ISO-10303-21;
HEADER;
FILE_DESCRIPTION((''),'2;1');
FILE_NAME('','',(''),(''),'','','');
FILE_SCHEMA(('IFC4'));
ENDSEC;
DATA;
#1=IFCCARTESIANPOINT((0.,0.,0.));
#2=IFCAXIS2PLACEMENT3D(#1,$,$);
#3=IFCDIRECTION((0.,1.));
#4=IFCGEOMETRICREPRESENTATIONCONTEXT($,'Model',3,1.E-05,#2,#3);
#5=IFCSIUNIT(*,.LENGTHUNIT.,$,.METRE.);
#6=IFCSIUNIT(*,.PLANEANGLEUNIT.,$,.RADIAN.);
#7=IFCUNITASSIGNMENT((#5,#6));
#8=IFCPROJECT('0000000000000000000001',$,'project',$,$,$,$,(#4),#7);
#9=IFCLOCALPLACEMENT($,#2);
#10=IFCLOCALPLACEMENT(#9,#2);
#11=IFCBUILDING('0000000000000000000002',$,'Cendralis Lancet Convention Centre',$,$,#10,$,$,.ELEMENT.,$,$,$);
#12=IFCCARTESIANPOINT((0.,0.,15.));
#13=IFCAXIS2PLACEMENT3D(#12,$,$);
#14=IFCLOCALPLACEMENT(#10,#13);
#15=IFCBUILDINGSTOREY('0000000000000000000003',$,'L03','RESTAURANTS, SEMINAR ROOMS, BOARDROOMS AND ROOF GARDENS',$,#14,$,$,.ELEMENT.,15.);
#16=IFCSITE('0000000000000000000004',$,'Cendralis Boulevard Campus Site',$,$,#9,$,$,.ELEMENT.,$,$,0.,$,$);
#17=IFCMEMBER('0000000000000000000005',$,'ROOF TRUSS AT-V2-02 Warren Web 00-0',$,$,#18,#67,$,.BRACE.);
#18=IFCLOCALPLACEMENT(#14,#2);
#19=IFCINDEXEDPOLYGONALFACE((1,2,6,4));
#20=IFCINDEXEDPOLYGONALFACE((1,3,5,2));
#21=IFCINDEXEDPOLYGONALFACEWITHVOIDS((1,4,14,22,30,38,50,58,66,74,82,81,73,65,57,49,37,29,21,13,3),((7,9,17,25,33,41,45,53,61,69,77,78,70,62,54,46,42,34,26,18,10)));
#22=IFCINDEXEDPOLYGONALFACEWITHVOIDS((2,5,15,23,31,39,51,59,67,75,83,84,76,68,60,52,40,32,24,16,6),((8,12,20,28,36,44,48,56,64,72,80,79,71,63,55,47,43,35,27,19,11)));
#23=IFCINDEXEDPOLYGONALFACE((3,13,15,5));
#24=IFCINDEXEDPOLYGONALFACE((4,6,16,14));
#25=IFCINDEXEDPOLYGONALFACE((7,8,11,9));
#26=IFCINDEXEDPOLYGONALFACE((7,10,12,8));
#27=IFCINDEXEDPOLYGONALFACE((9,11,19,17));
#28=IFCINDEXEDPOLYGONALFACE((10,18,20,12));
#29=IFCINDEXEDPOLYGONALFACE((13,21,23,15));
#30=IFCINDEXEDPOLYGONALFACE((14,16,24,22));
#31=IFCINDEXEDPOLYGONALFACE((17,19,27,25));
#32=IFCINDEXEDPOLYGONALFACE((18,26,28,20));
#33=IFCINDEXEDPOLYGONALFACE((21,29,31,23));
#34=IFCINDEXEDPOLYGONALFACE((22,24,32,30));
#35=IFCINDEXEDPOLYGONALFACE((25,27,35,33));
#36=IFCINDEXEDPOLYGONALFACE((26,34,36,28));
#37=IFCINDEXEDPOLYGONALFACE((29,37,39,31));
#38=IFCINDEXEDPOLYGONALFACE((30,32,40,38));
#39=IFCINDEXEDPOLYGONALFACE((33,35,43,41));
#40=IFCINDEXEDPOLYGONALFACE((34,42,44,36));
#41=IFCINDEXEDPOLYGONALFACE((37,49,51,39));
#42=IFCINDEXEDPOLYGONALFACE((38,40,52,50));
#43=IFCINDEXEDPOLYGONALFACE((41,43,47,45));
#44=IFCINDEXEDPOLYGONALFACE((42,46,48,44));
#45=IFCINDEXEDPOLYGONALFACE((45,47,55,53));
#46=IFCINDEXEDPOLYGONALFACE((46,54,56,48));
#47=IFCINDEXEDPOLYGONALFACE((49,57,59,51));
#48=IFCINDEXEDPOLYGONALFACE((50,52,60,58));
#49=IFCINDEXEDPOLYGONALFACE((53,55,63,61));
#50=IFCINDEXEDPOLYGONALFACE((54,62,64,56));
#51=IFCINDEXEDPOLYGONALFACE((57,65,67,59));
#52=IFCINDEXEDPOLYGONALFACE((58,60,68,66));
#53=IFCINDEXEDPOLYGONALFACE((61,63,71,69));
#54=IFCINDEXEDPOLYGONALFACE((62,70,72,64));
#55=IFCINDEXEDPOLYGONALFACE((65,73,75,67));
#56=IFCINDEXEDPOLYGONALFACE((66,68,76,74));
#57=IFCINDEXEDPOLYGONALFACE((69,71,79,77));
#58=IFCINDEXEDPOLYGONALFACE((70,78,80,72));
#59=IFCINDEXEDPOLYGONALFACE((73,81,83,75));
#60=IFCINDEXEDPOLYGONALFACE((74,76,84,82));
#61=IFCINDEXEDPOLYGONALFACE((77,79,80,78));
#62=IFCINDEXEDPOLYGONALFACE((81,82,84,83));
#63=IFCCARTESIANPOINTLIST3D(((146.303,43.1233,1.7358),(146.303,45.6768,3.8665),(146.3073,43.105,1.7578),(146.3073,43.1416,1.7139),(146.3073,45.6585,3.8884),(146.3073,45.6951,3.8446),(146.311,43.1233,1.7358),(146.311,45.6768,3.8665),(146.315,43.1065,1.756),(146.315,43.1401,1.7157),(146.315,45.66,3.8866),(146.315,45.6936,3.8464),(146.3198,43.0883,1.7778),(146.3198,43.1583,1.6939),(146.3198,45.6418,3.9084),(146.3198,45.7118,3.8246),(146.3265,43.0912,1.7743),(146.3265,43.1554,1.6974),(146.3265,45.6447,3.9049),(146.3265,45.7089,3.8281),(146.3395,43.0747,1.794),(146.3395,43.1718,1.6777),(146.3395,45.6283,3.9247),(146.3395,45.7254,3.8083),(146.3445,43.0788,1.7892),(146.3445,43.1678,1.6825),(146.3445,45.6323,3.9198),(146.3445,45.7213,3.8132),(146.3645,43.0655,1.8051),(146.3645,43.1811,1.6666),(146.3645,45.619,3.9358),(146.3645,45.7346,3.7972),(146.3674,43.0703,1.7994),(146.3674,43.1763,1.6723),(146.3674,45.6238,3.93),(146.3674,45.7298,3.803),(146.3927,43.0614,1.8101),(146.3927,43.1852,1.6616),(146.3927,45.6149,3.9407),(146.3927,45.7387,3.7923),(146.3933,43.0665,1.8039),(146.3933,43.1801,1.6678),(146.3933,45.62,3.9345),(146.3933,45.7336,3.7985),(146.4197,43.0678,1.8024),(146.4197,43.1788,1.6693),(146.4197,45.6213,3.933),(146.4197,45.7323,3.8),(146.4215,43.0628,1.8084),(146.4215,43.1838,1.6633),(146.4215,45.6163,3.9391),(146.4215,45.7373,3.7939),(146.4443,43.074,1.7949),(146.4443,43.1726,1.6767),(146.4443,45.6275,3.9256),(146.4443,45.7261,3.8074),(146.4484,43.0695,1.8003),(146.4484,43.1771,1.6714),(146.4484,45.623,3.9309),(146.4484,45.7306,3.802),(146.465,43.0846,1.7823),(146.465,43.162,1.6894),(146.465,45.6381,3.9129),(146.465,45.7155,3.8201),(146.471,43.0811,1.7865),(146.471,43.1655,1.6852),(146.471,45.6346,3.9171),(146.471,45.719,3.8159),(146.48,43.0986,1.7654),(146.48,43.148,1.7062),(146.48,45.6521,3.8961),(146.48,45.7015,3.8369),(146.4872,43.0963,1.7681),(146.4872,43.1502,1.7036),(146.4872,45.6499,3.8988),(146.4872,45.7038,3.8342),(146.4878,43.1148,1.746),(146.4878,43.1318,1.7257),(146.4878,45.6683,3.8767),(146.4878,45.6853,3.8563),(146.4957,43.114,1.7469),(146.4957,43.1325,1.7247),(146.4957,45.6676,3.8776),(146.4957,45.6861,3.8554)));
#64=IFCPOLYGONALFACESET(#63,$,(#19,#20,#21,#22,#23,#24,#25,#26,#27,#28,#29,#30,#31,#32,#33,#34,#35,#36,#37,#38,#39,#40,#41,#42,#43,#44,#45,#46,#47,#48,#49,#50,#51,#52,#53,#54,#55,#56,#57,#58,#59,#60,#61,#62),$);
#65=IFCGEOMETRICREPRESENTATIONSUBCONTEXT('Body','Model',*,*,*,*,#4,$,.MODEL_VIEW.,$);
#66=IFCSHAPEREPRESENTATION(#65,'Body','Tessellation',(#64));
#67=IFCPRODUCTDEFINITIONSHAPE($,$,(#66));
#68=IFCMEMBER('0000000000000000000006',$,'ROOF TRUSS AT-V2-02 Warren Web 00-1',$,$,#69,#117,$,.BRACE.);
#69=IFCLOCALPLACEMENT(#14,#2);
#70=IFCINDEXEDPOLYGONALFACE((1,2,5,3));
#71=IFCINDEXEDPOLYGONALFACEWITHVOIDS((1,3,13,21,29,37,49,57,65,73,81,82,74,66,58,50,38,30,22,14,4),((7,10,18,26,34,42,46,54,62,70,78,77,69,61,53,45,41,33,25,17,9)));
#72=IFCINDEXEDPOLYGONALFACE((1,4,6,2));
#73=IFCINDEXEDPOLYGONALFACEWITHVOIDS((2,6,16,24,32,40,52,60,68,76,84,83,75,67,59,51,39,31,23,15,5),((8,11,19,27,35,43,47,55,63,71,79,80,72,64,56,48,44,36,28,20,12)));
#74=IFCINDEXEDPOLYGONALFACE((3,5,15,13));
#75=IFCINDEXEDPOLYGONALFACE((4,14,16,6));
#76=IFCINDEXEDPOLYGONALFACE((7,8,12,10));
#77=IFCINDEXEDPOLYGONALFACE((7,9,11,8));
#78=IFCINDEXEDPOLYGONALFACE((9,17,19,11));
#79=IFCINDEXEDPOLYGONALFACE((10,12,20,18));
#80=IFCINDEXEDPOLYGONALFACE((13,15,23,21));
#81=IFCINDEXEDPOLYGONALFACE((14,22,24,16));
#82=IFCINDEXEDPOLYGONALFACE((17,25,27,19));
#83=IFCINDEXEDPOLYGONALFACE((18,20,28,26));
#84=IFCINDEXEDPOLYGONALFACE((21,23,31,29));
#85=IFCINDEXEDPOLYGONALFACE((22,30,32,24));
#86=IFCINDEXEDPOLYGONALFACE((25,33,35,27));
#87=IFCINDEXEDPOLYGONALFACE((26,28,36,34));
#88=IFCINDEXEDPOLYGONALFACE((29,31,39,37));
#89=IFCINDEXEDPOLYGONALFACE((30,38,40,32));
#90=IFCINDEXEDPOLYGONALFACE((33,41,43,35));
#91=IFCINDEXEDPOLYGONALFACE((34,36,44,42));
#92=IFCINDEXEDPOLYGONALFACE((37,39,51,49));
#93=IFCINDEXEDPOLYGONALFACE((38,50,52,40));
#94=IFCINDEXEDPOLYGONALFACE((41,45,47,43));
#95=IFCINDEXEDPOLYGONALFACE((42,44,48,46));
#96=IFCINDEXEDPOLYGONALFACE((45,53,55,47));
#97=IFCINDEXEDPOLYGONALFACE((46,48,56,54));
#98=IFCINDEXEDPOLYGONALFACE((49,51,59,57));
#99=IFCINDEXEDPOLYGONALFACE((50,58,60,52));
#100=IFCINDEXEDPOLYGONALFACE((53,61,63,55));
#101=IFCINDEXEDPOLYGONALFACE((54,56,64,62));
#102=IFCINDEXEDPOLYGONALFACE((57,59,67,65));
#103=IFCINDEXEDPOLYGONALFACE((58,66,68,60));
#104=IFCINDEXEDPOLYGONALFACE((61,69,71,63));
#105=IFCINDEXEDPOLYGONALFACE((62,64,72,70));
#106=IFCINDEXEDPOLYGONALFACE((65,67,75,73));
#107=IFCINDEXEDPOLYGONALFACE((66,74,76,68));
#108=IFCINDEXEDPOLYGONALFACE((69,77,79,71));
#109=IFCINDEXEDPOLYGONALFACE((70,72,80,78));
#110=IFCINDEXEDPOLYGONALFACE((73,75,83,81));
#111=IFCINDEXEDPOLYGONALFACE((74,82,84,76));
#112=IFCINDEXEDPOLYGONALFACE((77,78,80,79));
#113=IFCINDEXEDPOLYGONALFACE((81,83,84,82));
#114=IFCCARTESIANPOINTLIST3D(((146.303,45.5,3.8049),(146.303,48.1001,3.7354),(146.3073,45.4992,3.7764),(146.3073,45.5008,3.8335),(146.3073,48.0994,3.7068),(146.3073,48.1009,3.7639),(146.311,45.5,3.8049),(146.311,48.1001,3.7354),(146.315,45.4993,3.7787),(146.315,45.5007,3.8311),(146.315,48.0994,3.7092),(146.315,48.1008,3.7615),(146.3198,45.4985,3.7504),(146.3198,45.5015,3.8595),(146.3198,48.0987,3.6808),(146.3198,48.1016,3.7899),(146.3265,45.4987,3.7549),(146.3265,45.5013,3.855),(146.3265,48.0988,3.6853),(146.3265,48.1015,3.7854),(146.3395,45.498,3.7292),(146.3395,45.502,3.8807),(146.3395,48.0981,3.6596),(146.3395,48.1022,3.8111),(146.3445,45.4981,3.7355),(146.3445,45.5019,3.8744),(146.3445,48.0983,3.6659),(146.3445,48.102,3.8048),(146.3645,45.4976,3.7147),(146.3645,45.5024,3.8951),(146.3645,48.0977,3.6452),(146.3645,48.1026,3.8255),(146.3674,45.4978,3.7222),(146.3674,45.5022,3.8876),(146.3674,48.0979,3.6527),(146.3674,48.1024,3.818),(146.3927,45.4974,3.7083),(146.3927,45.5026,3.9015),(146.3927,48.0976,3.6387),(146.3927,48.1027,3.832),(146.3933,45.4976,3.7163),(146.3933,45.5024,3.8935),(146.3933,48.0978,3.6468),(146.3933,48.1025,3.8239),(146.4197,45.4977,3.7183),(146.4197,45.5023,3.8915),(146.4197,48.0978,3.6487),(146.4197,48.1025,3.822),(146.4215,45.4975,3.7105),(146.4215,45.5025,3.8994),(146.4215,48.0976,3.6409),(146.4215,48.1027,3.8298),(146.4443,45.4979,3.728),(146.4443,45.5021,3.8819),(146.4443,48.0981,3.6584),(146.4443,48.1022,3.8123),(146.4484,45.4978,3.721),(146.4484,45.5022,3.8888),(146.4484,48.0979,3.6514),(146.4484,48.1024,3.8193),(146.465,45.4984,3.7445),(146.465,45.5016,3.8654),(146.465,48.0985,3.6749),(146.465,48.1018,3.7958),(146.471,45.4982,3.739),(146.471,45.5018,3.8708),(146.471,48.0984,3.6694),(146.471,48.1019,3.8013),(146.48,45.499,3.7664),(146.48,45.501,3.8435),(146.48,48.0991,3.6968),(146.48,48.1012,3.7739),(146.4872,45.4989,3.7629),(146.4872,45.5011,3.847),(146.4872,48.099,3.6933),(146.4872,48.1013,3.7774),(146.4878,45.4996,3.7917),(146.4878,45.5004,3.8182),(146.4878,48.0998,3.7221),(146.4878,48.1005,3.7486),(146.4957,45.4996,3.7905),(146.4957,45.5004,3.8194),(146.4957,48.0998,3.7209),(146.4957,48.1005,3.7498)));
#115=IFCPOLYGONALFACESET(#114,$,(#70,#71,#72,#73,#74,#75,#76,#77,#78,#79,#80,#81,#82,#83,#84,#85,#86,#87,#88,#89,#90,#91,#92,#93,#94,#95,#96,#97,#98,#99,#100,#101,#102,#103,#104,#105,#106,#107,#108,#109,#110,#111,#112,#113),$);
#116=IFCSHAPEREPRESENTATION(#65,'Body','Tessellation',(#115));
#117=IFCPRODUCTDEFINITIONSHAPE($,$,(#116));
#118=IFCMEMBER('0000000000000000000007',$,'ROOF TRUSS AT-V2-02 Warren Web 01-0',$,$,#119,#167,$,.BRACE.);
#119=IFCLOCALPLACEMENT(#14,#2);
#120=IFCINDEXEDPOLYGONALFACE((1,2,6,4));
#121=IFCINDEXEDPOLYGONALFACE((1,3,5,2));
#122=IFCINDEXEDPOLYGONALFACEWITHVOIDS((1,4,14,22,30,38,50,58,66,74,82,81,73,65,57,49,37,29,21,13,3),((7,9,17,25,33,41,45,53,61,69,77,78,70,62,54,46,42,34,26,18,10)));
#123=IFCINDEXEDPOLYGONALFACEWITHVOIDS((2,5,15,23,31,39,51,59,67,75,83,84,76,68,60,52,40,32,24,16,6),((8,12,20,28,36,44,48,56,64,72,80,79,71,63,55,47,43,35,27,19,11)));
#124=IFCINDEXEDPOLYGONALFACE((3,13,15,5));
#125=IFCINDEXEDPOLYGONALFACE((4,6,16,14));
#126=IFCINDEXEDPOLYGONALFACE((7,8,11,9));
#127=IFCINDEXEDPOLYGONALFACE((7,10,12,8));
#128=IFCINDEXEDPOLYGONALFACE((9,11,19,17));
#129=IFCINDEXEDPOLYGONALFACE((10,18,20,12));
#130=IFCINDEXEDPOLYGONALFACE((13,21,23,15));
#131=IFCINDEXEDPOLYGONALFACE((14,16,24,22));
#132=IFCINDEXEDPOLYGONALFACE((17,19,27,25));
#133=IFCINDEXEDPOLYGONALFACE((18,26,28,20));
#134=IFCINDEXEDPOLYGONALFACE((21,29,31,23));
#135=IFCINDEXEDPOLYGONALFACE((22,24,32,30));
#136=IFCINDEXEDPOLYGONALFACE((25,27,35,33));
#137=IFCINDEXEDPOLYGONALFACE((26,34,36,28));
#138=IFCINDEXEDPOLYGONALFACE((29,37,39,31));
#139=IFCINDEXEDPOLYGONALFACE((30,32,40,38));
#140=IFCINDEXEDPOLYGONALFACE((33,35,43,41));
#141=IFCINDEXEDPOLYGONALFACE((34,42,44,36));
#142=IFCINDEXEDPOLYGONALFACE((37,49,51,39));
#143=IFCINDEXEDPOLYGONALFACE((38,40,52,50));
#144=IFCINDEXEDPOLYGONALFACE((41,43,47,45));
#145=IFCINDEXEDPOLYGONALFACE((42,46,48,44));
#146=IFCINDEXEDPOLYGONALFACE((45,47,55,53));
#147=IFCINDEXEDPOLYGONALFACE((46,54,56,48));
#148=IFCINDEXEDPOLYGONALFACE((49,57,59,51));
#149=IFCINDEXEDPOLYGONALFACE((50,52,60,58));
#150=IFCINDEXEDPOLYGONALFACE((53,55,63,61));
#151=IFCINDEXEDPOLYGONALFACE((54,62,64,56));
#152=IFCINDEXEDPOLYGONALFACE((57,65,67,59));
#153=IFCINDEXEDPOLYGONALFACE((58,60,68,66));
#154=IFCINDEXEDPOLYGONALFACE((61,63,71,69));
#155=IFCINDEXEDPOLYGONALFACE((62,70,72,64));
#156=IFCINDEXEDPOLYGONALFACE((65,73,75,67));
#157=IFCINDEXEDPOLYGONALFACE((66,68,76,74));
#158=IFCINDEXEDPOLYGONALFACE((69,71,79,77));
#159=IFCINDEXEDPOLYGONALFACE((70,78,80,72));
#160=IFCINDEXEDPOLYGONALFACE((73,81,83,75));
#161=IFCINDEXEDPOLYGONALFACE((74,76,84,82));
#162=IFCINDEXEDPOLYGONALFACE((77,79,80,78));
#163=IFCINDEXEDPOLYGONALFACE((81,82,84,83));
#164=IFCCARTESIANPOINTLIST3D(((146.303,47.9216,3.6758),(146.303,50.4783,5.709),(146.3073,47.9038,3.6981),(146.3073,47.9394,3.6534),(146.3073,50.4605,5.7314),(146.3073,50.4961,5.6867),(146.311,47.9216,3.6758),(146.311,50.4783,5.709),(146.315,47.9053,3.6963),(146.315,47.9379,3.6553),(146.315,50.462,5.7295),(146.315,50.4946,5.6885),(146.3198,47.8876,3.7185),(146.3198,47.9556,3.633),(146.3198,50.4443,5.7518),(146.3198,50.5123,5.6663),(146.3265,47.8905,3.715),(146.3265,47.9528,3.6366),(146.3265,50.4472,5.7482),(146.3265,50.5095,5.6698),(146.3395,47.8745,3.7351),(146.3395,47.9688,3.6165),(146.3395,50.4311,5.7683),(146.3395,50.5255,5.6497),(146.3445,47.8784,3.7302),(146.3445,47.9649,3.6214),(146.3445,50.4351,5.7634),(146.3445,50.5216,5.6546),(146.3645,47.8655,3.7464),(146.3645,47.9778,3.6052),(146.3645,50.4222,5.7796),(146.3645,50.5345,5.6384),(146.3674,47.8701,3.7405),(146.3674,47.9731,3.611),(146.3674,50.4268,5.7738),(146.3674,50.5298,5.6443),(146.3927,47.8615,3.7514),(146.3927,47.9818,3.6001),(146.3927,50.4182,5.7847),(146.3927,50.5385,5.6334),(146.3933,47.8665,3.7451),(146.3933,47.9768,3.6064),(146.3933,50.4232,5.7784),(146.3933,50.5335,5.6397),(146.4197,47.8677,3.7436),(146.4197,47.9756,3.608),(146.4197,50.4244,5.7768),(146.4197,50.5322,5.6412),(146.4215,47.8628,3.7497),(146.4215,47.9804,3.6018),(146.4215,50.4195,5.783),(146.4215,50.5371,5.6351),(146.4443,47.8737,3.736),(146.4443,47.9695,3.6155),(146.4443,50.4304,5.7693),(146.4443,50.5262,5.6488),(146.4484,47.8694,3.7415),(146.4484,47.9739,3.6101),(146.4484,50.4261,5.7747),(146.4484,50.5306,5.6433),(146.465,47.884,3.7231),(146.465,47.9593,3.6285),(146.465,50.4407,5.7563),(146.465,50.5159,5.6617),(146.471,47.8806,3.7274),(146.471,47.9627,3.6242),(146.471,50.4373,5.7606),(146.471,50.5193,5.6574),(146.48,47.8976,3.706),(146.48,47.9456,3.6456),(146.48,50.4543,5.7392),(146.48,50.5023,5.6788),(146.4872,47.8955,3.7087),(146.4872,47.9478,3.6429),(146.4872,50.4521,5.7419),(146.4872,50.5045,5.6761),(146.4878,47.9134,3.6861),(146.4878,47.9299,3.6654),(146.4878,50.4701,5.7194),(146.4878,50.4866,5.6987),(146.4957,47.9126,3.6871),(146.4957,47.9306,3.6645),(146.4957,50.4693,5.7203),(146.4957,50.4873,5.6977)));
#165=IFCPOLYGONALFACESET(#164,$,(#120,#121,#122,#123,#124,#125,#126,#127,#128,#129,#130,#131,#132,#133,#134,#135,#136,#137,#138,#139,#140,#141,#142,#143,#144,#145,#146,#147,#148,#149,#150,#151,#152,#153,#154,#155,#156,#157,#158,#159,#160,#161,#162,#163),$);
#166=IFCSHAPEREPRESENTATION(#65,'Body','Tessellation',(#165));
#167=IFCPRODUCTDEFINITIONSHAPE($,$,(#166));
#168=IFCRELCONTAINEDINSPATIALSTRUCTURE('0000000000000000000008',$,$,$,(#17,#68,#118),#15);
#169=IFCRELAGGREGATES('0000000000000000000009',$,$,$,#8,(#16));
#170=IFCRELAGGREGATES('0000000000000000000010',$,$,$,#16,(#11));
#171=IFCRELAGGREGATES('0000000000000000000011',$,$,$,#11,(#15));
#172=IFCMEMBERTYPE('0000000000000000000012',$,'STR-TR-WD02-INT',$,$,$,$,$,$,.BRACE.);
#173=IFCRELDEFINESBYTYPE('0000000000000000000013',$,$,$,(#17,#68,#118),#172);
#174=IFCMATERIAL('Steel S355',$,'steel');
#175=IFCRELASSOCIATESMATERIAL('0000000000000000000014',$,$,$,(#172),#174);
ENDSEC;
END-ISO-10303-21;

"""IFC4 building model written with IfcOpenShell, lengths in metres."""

from ifc_helpers import new_model, si_unit, direction, frame, origin, origin_2d, place, context, subcontext, project, spatial, hollow_circle, extrude, material, material_profile, profile_set, type_object, element, save


model = new_model("IFC4")

# Units and contexts
model_context = context("Model", 3, precision=1e-05, world=origin(), true_north=direction((0.0, 1.0)))
body_context = subcontext(model_context, "Body", "Model", "MODEL_VIEW")
ifc_project = project(units=[si_unit("LENGTHUNIT", "METRE"), si_unit("PLANEANGLEUNIT", "RADIAN")], contexts=[model_context])

# Site, building, storey
site_placement = place(None, origin())
site = spatial("IfcSite", under=ifc_project, at=site_placement, Name="Cendralis Boulevard Campus Site", CompositionType="ELEMENT", RefElevation=0.0)
building_placement = place(site_placement, origin())
building = spatial("IfcBuilding", under=site, at=building_placement, Name="Cendralis Lancet Convention Centre", CompositionType="ELEMENT")
storey_placement = place(building_placement, frame((0.0, 0.0, 15.0)))
storey = spatial("IfcBuildingStorey", under=building, at=storey_placement, Name="L03", Description="RESTAURANTS, SEMINAR ROOMS, BOARDROOMS AND ROOF GARDENS", CompositionType="ELEMENT", Elevation=15.0)

# Shared definitions
ifc_material_1 = material(Name="Steel S355", Category="steel")

# Members
ifc_material_profile_1 = material_profile(ifc_material_1, hollow_circle(Radius=0.0969, WallThickness=0.0081, at=origin_2d()), Name="CHS 193.7x8.0")
ifc_profile_set_1 = profile_set([ifc_material_profile_1], Name="Steel S355")
member_type_1 = type_object("IfcMemberType", Name="STR-TR-WD02-INT", PredefinedType="BRACE", material=ifc_profile_set_1)
member_1_placement = place(storey_placement, frame((146.3999, 43.1233, 1.7358), z_axis=(0.0, 0.767818, 0.640668), x_axis=(-1.0, 0.0, 0.0)))
element("IfcMember", 1, at=member_1_placement, inside=storey, type_object=member_type_1, Name="ROOF TRUSS AT-V2-02 Warren Web 00-0", PredefinedType="BRACE", context=body_context, shape_type="SweptSolid", body=[
    extrude(hollow_circle(Radius=0.0969, WallThickness=0.0081, at=origin_2d()), origin(), (0.0, 0.0, 1.0), 3.3257),
])
member_2_placement = place(storey_placement, frame((146.3999, 45.5, 3.8049), z_axis=(0.0, 0.999642, -0.026751), x_axis=(-1.0, 0.0, 0.0)))
element("IfcMember", 2, at=member_2_placement, inside=storey, type_object=member_type_1, Name="ROOF TRUSS AT-V2-02 Warren Web 00-1", PredefinedType="BRACE", context=body_context, shape_type="SweptSolid", body=[
    extrude(hollow_circle(Radius=0.0969, WallThickness=0.0081, at=origin_2d()), origin(), (0.0, 0.0, 1.0), 2.6011),
])
member_3_placement = place(storey_placement, frame((146.3999, 47.9216, 3.6758), z_axis=(0.0, 0.782674, 0.622432), x_axis=(-1.0, 0.0, 0.0)))
element("IfcMember", 3, at=member_3_placement, inside=storey, type_object=member_type_1, Name="ROOF TRUSS AT-V2-02 Warren Web 01-0", PredefinedType="BRACE", context=body_context, shape_type="SweptSolid", body=[
    extrude(hollow_circle(Radius=0.0969, WallThickness=0.0081, at=origin_2d()), origin(), (0.0, 0.0, 1.0), 3.2666),
])

save(model, "model.ifc")
